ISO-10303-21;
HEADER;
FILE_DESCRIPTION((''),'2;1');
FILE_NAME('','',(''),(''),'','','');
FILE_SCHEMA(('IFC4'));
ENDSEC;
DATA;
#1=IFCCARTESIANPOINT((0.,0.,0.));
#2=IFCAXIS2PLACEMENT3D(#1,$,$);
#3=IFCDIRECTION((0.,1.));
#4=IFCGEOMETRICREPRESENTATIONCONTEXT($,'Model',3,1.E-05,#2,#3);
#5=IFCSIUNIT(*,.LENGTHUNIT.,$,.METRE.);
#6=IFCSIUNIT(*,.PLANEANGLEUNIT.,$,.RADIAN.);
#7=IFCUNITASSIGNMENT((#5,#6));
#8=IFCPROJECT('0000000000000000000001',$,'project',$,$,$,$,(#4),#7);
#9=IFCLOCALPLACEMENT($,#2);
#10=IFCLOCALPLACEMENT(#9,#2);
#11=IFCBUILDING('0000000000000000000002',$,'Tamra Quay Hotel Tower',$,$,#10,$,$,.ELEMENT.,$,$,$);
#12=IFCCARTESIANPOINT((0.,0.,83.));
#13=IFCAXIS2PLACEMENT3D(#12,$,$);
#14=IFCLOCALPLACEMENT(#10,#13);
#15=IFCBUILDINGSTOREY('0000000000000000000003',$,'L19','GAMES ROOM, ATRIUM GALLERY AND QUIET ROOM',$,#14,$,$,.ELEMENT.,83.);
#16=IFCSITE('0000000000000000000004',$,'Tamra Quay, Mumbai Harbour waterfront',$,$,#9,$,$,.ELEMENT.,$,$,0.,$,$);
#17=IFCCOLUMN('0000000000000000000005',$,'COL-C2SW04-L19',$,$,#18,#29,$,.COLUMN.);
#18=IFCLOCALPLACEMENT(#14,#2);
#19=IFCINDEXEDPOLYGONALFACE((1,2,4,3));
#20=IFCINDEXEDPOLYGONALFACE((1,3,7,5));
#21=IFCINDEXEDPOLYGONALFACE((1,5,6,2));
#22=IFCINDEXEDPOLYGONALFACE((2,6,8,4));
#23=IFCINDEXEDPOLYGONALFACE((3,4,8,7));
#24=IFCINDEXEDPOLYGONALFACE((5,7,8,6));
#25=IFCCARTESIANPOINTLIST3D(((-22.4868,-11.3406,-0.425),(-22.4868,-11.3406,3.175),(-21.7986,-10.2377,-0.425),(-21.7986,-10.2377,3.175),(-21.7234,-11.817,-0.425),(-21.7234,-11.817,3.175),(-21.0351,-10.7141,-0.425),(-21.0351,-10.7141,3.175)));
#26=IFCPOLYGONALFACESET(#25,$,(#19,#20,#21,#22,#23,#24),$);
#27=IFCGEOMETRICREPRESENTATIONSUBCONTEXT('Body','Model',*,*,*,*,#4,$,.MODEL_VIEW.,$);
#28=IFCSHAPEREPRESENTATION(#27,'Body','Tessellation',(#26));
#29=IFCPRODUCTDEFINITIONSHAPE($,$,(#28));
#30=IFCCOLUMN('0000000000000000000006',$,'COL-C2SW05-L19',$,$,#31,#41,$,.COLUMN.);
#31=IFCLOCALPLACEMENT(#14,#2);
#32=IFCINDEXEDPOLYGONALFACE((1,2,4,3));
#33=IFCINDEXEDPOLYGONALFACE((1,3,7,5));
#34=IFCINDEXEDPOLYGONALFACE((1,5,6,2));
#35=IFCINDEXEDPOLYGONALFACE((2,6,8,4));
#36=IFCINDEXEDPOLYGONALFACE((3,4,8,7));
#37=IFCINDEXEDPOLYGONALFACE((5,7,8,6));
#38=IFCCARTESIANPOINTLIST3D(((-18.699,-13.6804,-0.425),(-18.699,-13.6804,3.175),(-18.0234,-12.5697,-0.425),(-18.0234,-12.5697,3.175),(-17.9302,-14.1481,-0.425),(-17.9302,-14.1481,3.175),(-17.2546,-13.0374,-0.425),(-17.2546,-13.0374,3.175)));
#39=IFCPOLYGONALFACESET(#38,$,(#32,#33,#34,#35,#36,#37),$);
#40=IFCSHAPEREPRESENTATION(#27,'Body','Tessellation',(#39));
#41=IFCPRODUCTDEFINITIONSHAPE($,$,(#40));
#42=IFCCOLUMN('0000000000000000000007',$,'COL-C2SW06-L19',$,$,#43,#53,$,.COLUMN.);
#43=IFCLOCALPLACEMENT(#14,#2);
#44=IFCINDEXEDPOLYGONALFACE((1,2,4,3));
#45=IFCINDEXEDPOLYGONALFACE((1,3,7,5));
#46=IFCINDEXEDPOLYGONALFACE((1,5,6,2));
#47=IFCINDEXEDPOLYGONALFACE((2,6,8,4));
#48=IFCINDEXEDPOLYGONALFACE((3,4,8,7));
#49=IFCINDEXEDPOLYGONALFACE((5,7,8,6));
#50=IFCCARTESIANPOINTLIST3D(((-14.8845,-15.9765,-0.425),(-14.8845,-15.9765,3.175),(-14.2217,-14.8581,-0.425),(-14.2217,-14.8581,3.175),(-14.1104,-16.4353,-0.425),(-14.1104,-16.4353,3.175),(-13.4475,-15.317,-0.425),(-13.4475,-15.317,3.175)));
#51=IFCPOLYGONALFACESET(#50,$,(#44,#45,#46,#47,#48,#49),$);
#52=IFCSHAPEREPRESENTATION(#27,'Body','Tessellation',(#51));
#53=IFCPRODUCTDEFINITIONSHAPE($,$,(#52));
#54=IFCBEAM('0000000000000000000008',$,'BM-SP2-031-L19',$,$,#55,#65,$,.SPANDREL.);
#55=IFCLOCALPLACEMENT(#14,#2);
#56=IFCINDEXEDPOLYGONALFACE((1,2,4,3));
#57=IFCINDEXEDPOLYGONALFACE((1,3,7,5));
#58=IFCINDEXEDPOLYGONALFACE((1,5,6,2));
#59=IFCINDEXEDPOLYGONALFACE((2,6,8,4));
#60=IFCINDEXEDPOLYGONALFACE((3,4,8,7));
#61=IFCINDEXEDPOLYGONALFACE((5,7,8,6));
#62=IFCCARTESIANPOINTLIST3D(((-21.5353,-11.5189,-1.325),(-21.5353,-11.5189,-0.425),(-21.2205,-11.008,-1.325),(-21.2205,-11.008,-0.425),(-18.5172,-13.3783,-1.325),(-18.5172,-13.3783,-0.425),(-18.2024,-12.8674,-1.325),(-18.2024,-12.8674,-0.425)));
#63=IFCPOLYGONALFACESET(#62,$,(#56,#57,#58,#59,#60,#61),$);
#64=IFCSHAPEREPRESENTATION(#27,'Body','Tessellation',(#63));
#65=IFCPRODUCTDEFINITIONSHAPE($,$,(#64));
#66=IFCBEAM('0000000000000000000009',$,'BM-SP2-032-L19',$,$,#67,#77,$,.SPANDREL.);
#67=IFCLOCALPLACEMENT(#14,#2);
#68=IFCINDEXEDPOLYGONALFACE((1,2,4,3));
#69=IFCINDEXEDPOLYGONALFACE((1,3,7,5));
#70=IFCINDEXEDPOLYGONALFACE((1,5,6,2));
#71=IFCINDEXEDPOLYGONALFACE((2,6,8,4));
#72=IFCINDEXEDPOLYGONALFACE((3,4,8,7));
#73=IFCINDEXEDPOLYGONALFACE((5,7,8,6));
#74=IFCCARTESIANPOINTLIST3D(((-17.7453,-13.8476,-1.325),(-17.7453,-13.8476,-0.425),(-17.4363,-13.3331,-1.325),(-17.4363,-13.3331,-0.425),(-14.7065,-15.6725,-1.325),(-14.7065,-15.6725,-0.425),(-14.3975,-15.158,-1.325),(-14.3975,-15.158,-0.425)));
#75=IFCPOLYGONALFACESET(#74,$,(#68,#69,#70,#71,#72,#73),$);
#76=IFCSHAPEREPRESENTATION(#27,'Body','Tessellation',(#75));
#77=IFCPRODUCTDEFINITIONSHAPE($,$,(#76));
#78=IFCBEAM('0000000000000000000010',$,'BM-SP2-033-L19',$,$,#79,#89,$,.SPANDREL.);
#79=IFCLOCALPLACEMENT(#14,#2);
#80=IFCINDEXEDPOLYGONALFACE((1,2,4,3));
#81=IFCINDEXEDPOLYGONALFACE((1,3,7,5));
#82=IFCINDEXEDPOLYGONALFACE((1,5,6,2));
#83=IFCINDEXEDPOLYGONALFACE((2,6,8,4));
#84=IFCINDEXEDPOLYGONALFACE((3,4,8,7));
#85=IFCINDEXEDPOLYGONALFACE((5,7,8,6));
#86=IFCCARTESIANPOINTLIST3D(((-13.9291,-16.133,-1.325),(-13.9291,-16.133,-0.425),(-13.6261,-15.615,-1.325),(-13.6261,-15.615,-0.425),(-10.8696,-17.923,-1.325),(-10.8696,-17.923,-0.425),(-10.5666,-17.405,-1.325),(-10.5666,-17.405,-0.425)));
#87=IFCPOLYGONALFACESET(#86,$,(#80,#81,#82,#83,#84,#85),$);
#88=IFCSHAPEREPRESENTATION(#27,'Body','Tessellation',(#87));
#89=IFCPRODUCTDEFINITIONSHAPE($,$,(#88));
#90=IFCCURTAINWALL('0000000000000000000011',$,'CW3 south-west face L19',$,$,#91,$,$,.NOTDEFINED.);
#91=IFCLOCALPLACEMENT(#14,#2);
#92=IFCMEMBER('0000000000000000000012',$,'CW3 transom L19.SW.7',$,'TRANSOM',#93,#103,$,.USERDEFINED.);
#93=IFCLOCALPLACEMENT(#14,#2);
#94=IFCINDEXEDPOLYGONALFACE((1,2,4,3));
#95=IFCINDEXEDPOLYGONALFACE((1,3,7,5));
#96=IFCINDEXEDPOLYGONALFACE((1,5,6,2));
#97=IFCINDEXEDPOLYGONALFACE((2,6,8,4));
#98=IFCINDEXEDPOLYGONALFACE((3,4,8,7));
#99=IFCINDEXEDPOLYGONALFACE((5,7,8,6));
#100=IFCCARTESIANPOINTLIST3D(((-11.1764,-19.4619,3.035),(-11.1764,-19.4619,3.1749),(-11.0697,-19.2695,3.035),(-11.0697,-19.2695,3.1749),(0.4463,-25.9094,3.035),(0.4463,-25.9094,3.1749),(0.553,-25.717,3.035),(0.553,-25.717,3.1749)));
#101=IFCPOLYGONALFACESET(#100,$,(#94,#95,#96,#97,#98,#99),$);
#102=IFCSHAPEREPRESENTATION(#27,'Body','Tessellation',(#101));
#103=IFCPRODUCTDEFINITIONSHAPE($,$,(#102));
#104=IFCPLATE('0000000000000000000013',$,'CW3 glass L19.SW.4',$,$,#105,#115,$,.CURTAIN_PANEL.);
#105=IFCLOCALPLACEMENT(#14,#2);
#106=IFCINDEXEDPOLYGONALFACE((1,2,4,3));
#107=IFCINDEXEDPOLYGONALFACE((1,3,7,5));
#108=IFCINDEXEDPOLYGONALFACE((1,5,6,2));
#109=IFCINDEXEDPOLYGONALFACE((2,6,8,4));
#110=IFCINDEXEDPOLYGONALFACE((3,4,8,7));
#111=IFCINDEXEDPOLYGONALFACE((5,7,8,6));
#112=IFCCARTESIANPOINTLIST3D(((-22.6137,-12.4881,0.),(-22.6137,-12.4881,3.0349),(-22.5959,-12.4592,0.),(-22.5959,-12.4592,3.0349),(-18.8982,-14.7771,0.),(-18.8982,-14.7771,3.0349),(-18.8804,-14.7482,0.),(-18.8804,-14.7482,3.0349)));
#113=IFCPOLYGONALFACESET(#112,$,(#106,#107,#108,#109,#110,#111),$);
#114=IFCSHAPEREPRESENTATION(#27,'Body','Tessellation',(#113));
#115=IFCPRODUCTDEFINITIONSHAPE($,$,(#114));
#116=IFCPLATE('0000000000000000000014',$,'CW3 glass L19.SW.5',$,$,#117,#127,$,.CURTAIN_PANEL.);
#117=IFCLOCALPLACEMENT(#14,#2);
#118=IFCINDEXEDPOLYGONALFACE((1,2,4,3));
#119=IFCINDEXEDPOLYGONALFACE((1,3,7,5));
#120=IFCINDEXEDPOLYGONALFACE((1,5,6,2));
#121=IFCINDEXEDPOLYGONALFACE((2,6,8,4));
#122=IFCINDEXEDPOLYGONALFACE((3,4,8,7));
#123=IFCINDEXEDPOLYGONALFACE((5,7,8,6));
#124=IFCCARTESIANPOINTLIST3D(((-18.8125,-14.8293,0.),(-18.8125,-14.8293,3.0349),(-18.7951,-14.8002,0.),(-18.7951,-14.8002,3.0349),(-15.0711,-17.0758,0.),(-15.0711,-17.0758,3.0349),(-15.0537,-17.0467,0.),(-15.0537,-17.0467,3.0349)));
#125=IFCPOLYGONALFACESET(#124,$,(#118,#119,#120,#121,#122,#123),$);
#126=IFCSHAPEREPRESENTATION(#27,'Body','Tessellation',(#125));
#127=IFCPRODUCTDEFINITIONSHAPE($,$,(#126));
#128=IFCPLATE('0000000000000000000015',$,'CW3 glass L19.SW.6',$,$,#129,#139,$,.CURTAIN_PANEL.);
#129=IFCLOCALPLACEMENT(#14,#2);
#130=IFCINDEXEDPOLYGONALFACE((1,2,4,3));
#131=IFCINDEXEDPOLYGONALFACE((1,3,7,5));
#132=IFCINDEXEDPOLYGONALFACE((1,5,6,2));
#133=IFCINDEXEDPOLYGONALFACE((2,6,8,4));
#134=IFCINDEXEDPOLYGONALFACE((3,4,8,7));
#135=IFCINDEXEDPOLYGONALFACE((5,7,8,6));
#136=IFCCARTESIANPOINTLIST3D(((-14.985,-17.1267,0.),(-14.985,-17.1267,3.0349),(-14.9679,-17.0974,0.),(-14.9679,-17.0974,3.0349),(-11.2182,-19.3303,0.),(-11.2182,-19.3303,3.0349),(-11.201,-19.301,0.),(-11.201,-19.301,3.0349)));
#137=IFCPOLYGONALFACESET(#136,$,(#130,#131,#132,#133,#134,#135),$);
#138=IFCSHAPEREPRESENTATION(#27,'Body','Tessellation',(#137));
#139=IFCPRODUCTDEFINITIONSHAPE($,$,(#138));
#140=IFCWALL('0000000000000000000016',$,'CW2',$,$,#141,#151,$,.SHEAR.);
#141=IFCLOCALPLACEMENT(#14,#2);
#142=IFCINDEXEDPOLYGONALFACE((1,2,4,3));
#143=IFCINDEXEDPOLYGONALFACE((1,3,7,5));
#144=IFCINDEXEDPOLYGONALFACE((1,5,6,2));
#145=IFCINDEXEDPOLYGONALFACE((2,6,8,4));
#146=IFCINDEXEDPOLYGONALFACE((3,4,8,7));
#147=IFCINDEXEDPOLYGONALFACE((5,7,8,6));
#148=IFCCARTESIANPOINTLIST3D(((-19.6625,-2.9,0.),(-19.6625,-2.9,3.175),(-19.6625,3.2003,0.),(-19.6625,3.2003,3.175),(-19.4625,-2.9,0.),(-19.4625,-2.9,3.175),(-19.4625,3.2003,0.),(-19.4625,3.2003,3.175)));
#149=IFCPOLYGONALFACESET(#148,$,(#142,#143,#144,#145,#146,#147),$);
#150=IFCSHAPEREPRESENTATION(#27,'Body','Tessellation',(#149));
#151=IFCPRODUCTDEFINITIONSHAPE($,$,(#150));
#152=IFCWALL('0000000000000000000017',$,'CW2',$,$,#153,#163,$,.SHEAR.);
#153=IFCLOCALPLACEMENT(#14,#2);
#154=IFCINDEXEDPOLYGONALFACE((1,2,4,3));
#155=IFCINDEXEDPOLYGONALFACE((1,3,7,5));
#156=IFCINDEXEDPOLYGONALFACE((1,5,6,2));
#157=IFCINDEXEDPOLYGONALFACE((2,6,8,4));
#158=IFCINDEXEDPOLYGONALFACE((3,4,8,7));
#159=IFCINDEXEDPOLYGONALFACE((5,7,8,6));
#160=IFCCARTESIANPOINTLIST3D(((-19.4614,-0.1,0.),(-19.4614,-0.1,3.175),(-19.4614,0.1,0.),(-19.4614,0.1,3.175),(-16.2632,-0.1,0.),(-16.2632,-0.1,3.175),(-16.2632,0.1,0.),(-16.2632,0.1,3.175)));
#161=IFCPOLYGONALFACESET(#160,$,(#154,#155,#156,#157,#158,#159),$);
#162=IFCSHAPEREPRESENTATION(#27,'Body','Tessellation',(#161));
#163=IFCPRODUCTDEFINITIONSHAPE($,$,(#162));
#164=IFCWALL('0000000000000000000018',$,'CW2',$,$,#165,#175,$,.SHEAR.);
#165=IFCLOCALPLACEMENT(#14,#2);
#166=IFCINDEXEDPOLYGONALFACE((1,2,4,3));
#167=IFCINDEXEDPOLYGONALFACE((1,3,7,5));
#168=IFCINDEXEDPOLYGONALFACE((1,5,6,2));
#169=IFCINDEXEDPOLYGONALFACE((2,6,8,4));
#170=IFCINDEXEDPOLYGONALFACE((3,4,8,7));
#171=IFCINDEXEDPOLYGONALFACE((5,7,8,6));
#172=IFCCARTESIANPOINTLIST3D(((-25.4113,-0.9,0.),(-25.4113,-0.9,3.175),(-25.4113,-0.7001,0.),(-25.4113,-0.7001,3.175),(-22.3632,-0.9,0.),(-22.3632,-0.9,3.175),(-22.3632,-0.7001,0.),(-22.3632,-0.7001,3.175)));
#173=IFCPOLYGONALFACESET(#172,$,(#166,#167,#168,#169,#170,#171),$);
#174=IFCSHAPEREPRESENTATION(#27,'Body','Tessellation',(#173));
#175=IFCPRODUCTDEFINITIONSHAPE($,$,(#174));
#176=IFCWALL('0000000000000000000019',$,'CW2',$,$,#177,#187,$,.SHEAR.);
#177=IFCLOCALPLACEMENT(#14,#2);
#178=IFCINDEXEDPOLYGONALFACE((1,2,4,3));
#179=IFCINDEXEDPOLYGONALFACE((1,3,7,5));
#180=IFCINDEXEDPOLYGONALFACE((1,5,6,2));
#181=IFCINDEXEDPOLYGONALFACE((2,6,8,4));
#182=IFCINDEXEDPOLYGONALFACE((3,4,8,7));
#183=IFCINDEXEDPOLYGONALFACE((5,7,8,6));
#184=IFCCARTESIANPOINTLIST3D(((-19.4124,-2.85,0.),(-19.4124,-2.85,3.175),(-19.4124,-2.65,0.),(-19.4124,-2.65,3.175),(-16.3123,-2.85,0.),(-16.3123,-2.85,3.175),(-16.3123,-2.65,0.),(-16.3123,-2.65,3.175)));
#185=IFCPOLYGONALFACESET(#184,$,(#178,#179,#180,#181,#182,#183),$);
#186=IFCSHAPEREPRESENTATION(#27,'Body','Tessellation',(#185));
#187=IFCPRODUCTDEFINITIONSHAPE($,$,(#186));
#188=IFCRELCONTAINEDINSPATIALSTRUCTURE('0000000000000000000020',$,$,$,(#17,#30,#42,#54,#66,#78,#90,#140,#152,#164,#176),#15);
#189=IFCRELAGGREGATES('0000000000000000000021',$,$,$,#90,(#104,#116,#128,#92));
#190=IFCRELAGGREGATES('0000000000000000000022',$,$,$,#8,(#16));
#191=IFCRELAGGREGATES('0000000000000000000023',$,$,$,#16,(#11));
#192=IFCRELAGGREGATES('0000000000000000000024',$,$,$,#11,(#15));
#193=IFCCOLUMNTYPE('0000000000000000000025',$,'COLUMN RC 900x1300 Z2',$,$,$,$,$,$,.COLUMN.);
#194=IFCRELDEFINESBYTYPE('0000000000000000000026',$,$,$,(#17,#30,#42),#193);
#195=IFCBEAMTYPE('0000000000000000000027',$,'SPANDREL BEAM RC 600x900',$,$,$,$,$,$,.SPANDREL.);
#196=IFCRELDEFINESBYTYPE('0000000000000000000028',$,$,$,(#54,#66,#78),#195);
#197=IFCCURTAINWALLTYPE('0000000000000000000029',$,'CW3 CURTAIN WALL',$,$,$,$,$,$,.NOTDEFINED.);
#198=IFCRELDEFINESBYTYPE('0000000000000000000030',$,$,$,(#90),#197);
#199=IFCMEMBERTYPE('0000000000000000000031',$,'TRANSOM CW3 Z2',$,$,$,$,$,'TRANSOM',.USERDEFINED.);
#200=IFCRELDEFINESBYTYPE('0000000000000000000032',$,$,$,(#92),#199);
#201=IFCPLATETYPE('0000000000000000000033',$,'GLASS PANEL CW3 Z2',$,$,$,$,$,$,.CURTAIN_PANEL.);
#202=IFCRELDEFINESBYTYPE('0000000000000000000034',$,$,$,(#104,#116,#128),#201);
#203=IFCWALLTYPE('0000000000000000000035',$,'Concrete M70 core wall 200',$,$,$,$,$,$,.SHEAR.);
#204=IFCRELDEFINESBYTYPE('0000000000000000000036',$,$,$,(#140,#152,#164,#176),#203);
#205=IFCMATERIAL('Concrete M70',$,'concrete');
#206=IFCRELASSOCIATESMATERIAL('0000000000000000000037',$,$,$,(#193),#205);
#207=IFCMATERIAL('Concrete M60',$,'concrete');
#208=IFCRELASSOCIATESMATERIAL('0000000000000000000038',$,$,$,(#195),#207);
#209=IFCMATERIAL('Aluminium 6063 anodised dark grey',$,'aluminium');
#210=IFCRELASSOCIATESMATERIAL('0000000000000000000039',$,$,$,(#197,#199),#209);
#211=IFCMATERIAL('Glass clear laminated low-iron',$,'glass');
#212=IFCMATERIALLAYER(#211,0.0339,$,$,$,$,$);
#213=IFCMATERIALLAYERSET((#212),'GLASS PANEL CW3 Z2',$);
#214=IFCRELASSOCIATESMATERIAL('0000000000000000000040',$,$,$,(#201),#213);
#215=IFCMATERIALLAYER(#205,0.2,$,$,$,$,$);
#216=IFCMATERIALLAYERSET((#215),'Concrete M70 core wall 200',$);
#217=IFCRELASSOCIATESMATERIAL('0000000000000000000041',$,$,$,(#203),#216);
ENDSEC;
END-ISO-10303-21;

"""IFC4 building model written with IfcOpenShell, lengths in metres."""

from ifc_helpers import new_model, si_unit, direction, frame, frame_2d, origin, origin_2d, place, context, subcontext, project, spatial, rectangle, extrude, material, layer, layer_set, material_profile, profile_set, type_object, element, aggregate, save


model = new_model("IFC4")

# Units and contexts
model_context = context("Model", 3, precision=1e-05, world=origin(), true_north=direction((0.0, 1.0)))
body_context = subcontext(model_context, "Body", "Model", "MODEL_VIEW")
ifc_project = project(units=[si_unit("LENGTHUNIT", "METRE"), si_unit("PLANEANGLEUNIT", "RADIAN")], contexts=[model_context])

# Site, building, storey
site_placement = place(None, origin())
site = spatial("IfcSite", under=ifc_project, at=site_placement, Name="Tamra Quay, Mumbai Harbour waterfront", CompositionType="ELEMENT", RefElevation=0.0)
building_placement = place(site_placement, origin())
building = spatial("IfcBuilding", under=site, at=building_placement, Name="Tamra Quay Hotel Tower", CompositionType="ELEMENT")
storey_placement = place(building_placement, frame((0.0, 0.0, 83.0)))
storey = spatial("IfcBuildingStorey", under=building, at=storey_placement, Name="L19", Description="GAMES ROOM, ATRIUM GALLERY AND QUIET ROOM", CompositionType="ELEMENT", Elevation=83.0)

# Columns
ifc_material_1 = material(Name="Concrete M70", Category="concrete")
ifc_material_profile_1 = material_profile(ifc_material_1, rectangle(XDim=1.3, YDim=0.8999, at=origin_2d()), Name="COLUMN RC 900x1300 Z2")
ifc_profile_set_1 = profile_set([ifc_material_profile_1], Name="Concrete M70")
column_type = type_object("IfcColumnType", Name="COLUMN RC 900x1300 Z2", PredefinedType="COLUMN", material=ifc_profile_set_1)
for number, where, z_axis, x_axis, name in (
    (1, (-21.761, -11.0273, -0.425), (0.0, 0.0, 1.0), (0.52941, 0.848366, 0.0), "COL-C2SW04-L19"),
    (2, (-17.9768, -13.3589, -0.425), (0.0, 0.0, 1.0), (0.519679, 0.854362, 0.0), "COL-C2SW05-L19"),
    (3, (-14.166, -15.6467, -0.425), (0.0, 0.0, 1.0), (0.509873, 0.860249, 0.0), "COL-C2SW06-L19"),
):
    element("IfcColumn", number, at=place(storey_placement, frame(where, z_axis=z_axis, x_axis=x_axis)), inside=storey, type_object=column_type, Name=name, PredefinedType="COLUMN", context=body_context, shape_type="SweptSolid", body=[
        extrude(rectangle(XDim=1.3, YDim=0.8999, at=origin_2d()), origin(), (0.0, 0.0, 1.0), 3.6001),
    ])

# Beams
ifc_material_2 = material(Name="Concrete M60", Category="concrete")
ifc_material_profile_2 = material_profile(ifc_material_2, rectangle(XDim=0.6001, YDim=0.8999, at=origin_2d()), Name="SPANDREL BEAM RC 600x900")
ifc_profile_set_2 = profile_set([ifc_material_profile_2], Name="Concrete M60")
beam_type = type_object("IfcBeamType", Name="SPANDREL BEAM RC 600x900", PredefinedType="SPANDREL", material=ifc_profile_set_2)
beam_placement = place(storey_placement, frame((-21.3779, -11.2634, -0.875), z_axis=(0.851393, -0.524528, 0.0), x_axis=(0.524528, 0.851393, 0.0)))
element("IfcBeam", 4, at=beam_placement, inside=storey, type_object=beam_type, Name="BM-SP2-031-L19", PredefinedType="SPANDREL", context=body_context, shape_type="SweptSolid", body=[
    extrude(rectangle(XDim=0.6001, YDim=0.8999, at=origin_2d()), origin(), (0.0, 0.0, 1.0), 3.5449),
])
for number, where, z_axis, x_axis, name in (
    (5, (-17.5908, -13.5903, -0.875), (0.857286, -0.51484, 0.0), (0.51484, 0.857286, 0.0), "BM-SP2-032-L19"),
    (6, (-13.7776, -15.874, -0.875), (0.863129, -0.504984, 0.0), (0.504984, 0.863129, 0.0), "BM-SP2-033-L19"),
):
    element("IfcBeam", number, at=place(storey_placement, frame(where, z_axis=z_axis, x_axis=x_axis)), inside=storey, type_object=beam_type, Name=name, PredefinedType="SPANDREL", context=body_context, shape_type="SweptSolid", body=[
        extrude(rectangle(XDim=0.6001, YDim=0.8999, at=origin_2d()), origin(), (0.0, 0.0, 1.0), 3.5447),
    ])

# Curtain wall, member, plates
ifc_material_3 = material(Name="Aluminium 6063 anodised dark grey", Category="aluminium")
curtain_wall_type = type_object("IfcCurtainWallType", Name="CW3 CURTAIN WALL", PredefinedType="NOTDEFINED", material=ifc_material_3)
curtain_wall_placement = place(storey_placement, origin())
curtain_wall = element("IfcCurtainWall", 7, at=curtain_wall_placement, inside=storey, type_object=curtain_wall_type, Name="CW3 south-west face L19", PredefinedType="NOTDEFINED")
ifc_material_profile_3 = material_profile(ifc_material_3, rectangle(XDim=0.22, YDim=0.1399, at=origin_2d()), Name="TRANSOM 220X140")
ifc_profile_set_3 = profile_set([ifc_material_profile_3], Name="Aluminium 6063 anodised dark grey")
member_type = type_object("IfcMemberType", Name="TRANSOM CW3 Z2", ElementType="TRANSOM", PredefinedType="USERDEFINED", material=ifc_profile_set_3)
member_placement = place(storey_placement, frame((-11.123, -19.3657, 3.105), z_axis=(0.874464, -0.485091, 0.0), x_axis=(0.485091, 0.874464, 0.0)))
member = element("IfcMember", 8, at=member_placement, type_object=member_type, Name="CW3 transom L19.SW.7", ObjectType="TRANSOM", PredefinedType="USERDEFINED", context=body_context, shape_type="SweptSolid", body=[
    extrude(rectangle(XDim=0.22, YDim=0.1399, at=origin_2d()), origin(), (0.0, 0.0, 1.0), 13.2913),
])
ifc_material_4 = material(Name="Glass clear laminated low-iron", Category="glass")
ifc_layer_1 = layer(ifc_material_4, 0.0339)
ifc_layer_set_1 = layer_set([ifc_layer_1], Name="GLASS PANEL CW3 Z2")
plate_type = type_object("IfcPlateType", Name="GLASS PANEL CW3 Z2", PredefinedType="CURTAIN_PANEL", material=ifc_layer_set_1)
plate_1_placement = place(storey_placement, frame((-20.7471, -13.6182, 0.0), z_axis=(0.0, 0.0, 1.0), x_axis=(0.851399, -0.524518, 0.0)))
plate_1 = element("IfcPlate", 9, at=plate_1_placement, type_object=plate_type, Name="CW3 glass L19.SW.4", PredefinedType="CURTAIN_PANEL", context=body_context, shape_type="SweptSolid", body=[
    extrude(rectangle(XDim=4.364, YDim=0.0339, at=origin_2d()), origin(), (0.0, 0.0, 1.0), 3.0349),
])
plate_2_placement = place(storey_placement, frame((-16.9331, -15.938, 0.0), z_axis=(0.0, 0.0, 1.0), x_axis=(0.857331, -0.514765, 0.0)))
plate_2 = element("IfcPlate", 10, at=plate_2_placement, type_object=plate_type, Name="CW3 glass L19.SW.5", PredefinedType="CURTAIN_PANEL", context=body_context, shape_type="SweptSolid", body=[
    extrude(rectangle(XDim=4.364, YDim=0.0339, at=origin_2d()), origin(), (0.0, 0.0, 1.0), 3.0349),
])
plate_3_placement = place(storey_placement, frame((-13.093, -18.2139, 0.0), z_axis=(0.0, 0.0, 1.0), x_axis=(0.863155, -0.504939, 0.0)))
plate_3 = element("IfcPlate", 11, at=plate_3_placement, type_object=plate_type, Name="CW3 glass L19.SW.6", PredefinedType="CURTAIN_PANEL", context=body_context, shape_type="SweptSolid", body=[
    extrude(rectangle(XDim=4.364, YDim=0.0339, at=origin_2d()), origin(), (0.0, 0.0, 1.0), 3.0349),
])
aggregate(curtain_wall, [plate_1, plate_2, plate_3, member])

# Walls
ifc_layer_2 = layer(ifc_material_1, 0.2)
ifc_layer_set_2 = layer_set([ifc_layer_2], Name="Concrete M70 core wall 200")
wall_type_1 = type_object("IfcWallType", Name="Concrete M70 core wall 200", PredefinedType="SHEAR", material=ifc_layer_set_2)
wall_1_placement = place(storey_placement, frame((-19.5625, -2.9001, 0.0), z_axis=(0.0, 0.0, 1.0), x_axis=(0.0, 1.0, 0.0)))
element("IfcWall", 12, at=wall_1_placement, inside=storey, type_object=wall_type_1, Name="CW2", PredefinedType="SHEAR", context=body_context, shape_type="SweptSolid", body=[
    extrude(rectangle(XDim=6.1003, YDim=0.2, at=frame_2d((3.0503, 0.0))), origin(), (0.0, 0.0, 1.0), 3.175),
])
wall_2_placement = place(storey_placement, frame((-16.2632, 0.0, 0.0), z_axis=(0.0, 0.0, 1.0), x_axis=(-1.0, 0.0, 0.0)))
element("IfcWall", 13, at=wall_2_placement, inside=storey, type_object=wall_type_1, Name="CW2", PredefinedType="SHEAR", context=body_context, shape_type="SweptSolid", body=[
    extrude(rectangle(XDim=3.1982, YDim=0.2, at=frame_2d((1.5991, 0.0))), origin(), (0.0, 0.0, 1.0), 3.175),
])
wall_3_placement = place(storey_placement, frame((-22.3633, -0.8, 0.0), z_axis=(0.0, 0.0, 1.0), x_axis=(-1.0, 0.0, 0.0)))
element("IfcWall", 14, at=wall_3_placement, inside=storey, type_object=wall_type_1, Name="CW2", PredefinedType="SHEAR", context=body_context, shape_type="SweptSolid", body=[
    extrude(rectangle(XDim=3.0481, YDim=0.2, at=frame_2d((1.5239, 0.0))), origin(), (0.0, 0.0, 1.0), 3.175),
])
wall_4_placement = place(storey_placement, frame((-19.4124, -2.75, 0.0), z_axis=(0.0, 0.0, 1.0), x_axis=(1.0, 0.0, 0.0)))
element("IfcWall", 15, at=wall_4_placement, inside=storey, type_object=wall_type_1, Name="CW2", PredefinedType="SHEAR", context=body_context, shape_type="SweptSolid", body=[
    extrude(rectangle(XDim=3.1001, YDim=0.2, at=frame_2d((1.55, 0.0))), origin(), (0.0, 0.0, 1.0), 3.175),
])

save(model, "model.ifc")
